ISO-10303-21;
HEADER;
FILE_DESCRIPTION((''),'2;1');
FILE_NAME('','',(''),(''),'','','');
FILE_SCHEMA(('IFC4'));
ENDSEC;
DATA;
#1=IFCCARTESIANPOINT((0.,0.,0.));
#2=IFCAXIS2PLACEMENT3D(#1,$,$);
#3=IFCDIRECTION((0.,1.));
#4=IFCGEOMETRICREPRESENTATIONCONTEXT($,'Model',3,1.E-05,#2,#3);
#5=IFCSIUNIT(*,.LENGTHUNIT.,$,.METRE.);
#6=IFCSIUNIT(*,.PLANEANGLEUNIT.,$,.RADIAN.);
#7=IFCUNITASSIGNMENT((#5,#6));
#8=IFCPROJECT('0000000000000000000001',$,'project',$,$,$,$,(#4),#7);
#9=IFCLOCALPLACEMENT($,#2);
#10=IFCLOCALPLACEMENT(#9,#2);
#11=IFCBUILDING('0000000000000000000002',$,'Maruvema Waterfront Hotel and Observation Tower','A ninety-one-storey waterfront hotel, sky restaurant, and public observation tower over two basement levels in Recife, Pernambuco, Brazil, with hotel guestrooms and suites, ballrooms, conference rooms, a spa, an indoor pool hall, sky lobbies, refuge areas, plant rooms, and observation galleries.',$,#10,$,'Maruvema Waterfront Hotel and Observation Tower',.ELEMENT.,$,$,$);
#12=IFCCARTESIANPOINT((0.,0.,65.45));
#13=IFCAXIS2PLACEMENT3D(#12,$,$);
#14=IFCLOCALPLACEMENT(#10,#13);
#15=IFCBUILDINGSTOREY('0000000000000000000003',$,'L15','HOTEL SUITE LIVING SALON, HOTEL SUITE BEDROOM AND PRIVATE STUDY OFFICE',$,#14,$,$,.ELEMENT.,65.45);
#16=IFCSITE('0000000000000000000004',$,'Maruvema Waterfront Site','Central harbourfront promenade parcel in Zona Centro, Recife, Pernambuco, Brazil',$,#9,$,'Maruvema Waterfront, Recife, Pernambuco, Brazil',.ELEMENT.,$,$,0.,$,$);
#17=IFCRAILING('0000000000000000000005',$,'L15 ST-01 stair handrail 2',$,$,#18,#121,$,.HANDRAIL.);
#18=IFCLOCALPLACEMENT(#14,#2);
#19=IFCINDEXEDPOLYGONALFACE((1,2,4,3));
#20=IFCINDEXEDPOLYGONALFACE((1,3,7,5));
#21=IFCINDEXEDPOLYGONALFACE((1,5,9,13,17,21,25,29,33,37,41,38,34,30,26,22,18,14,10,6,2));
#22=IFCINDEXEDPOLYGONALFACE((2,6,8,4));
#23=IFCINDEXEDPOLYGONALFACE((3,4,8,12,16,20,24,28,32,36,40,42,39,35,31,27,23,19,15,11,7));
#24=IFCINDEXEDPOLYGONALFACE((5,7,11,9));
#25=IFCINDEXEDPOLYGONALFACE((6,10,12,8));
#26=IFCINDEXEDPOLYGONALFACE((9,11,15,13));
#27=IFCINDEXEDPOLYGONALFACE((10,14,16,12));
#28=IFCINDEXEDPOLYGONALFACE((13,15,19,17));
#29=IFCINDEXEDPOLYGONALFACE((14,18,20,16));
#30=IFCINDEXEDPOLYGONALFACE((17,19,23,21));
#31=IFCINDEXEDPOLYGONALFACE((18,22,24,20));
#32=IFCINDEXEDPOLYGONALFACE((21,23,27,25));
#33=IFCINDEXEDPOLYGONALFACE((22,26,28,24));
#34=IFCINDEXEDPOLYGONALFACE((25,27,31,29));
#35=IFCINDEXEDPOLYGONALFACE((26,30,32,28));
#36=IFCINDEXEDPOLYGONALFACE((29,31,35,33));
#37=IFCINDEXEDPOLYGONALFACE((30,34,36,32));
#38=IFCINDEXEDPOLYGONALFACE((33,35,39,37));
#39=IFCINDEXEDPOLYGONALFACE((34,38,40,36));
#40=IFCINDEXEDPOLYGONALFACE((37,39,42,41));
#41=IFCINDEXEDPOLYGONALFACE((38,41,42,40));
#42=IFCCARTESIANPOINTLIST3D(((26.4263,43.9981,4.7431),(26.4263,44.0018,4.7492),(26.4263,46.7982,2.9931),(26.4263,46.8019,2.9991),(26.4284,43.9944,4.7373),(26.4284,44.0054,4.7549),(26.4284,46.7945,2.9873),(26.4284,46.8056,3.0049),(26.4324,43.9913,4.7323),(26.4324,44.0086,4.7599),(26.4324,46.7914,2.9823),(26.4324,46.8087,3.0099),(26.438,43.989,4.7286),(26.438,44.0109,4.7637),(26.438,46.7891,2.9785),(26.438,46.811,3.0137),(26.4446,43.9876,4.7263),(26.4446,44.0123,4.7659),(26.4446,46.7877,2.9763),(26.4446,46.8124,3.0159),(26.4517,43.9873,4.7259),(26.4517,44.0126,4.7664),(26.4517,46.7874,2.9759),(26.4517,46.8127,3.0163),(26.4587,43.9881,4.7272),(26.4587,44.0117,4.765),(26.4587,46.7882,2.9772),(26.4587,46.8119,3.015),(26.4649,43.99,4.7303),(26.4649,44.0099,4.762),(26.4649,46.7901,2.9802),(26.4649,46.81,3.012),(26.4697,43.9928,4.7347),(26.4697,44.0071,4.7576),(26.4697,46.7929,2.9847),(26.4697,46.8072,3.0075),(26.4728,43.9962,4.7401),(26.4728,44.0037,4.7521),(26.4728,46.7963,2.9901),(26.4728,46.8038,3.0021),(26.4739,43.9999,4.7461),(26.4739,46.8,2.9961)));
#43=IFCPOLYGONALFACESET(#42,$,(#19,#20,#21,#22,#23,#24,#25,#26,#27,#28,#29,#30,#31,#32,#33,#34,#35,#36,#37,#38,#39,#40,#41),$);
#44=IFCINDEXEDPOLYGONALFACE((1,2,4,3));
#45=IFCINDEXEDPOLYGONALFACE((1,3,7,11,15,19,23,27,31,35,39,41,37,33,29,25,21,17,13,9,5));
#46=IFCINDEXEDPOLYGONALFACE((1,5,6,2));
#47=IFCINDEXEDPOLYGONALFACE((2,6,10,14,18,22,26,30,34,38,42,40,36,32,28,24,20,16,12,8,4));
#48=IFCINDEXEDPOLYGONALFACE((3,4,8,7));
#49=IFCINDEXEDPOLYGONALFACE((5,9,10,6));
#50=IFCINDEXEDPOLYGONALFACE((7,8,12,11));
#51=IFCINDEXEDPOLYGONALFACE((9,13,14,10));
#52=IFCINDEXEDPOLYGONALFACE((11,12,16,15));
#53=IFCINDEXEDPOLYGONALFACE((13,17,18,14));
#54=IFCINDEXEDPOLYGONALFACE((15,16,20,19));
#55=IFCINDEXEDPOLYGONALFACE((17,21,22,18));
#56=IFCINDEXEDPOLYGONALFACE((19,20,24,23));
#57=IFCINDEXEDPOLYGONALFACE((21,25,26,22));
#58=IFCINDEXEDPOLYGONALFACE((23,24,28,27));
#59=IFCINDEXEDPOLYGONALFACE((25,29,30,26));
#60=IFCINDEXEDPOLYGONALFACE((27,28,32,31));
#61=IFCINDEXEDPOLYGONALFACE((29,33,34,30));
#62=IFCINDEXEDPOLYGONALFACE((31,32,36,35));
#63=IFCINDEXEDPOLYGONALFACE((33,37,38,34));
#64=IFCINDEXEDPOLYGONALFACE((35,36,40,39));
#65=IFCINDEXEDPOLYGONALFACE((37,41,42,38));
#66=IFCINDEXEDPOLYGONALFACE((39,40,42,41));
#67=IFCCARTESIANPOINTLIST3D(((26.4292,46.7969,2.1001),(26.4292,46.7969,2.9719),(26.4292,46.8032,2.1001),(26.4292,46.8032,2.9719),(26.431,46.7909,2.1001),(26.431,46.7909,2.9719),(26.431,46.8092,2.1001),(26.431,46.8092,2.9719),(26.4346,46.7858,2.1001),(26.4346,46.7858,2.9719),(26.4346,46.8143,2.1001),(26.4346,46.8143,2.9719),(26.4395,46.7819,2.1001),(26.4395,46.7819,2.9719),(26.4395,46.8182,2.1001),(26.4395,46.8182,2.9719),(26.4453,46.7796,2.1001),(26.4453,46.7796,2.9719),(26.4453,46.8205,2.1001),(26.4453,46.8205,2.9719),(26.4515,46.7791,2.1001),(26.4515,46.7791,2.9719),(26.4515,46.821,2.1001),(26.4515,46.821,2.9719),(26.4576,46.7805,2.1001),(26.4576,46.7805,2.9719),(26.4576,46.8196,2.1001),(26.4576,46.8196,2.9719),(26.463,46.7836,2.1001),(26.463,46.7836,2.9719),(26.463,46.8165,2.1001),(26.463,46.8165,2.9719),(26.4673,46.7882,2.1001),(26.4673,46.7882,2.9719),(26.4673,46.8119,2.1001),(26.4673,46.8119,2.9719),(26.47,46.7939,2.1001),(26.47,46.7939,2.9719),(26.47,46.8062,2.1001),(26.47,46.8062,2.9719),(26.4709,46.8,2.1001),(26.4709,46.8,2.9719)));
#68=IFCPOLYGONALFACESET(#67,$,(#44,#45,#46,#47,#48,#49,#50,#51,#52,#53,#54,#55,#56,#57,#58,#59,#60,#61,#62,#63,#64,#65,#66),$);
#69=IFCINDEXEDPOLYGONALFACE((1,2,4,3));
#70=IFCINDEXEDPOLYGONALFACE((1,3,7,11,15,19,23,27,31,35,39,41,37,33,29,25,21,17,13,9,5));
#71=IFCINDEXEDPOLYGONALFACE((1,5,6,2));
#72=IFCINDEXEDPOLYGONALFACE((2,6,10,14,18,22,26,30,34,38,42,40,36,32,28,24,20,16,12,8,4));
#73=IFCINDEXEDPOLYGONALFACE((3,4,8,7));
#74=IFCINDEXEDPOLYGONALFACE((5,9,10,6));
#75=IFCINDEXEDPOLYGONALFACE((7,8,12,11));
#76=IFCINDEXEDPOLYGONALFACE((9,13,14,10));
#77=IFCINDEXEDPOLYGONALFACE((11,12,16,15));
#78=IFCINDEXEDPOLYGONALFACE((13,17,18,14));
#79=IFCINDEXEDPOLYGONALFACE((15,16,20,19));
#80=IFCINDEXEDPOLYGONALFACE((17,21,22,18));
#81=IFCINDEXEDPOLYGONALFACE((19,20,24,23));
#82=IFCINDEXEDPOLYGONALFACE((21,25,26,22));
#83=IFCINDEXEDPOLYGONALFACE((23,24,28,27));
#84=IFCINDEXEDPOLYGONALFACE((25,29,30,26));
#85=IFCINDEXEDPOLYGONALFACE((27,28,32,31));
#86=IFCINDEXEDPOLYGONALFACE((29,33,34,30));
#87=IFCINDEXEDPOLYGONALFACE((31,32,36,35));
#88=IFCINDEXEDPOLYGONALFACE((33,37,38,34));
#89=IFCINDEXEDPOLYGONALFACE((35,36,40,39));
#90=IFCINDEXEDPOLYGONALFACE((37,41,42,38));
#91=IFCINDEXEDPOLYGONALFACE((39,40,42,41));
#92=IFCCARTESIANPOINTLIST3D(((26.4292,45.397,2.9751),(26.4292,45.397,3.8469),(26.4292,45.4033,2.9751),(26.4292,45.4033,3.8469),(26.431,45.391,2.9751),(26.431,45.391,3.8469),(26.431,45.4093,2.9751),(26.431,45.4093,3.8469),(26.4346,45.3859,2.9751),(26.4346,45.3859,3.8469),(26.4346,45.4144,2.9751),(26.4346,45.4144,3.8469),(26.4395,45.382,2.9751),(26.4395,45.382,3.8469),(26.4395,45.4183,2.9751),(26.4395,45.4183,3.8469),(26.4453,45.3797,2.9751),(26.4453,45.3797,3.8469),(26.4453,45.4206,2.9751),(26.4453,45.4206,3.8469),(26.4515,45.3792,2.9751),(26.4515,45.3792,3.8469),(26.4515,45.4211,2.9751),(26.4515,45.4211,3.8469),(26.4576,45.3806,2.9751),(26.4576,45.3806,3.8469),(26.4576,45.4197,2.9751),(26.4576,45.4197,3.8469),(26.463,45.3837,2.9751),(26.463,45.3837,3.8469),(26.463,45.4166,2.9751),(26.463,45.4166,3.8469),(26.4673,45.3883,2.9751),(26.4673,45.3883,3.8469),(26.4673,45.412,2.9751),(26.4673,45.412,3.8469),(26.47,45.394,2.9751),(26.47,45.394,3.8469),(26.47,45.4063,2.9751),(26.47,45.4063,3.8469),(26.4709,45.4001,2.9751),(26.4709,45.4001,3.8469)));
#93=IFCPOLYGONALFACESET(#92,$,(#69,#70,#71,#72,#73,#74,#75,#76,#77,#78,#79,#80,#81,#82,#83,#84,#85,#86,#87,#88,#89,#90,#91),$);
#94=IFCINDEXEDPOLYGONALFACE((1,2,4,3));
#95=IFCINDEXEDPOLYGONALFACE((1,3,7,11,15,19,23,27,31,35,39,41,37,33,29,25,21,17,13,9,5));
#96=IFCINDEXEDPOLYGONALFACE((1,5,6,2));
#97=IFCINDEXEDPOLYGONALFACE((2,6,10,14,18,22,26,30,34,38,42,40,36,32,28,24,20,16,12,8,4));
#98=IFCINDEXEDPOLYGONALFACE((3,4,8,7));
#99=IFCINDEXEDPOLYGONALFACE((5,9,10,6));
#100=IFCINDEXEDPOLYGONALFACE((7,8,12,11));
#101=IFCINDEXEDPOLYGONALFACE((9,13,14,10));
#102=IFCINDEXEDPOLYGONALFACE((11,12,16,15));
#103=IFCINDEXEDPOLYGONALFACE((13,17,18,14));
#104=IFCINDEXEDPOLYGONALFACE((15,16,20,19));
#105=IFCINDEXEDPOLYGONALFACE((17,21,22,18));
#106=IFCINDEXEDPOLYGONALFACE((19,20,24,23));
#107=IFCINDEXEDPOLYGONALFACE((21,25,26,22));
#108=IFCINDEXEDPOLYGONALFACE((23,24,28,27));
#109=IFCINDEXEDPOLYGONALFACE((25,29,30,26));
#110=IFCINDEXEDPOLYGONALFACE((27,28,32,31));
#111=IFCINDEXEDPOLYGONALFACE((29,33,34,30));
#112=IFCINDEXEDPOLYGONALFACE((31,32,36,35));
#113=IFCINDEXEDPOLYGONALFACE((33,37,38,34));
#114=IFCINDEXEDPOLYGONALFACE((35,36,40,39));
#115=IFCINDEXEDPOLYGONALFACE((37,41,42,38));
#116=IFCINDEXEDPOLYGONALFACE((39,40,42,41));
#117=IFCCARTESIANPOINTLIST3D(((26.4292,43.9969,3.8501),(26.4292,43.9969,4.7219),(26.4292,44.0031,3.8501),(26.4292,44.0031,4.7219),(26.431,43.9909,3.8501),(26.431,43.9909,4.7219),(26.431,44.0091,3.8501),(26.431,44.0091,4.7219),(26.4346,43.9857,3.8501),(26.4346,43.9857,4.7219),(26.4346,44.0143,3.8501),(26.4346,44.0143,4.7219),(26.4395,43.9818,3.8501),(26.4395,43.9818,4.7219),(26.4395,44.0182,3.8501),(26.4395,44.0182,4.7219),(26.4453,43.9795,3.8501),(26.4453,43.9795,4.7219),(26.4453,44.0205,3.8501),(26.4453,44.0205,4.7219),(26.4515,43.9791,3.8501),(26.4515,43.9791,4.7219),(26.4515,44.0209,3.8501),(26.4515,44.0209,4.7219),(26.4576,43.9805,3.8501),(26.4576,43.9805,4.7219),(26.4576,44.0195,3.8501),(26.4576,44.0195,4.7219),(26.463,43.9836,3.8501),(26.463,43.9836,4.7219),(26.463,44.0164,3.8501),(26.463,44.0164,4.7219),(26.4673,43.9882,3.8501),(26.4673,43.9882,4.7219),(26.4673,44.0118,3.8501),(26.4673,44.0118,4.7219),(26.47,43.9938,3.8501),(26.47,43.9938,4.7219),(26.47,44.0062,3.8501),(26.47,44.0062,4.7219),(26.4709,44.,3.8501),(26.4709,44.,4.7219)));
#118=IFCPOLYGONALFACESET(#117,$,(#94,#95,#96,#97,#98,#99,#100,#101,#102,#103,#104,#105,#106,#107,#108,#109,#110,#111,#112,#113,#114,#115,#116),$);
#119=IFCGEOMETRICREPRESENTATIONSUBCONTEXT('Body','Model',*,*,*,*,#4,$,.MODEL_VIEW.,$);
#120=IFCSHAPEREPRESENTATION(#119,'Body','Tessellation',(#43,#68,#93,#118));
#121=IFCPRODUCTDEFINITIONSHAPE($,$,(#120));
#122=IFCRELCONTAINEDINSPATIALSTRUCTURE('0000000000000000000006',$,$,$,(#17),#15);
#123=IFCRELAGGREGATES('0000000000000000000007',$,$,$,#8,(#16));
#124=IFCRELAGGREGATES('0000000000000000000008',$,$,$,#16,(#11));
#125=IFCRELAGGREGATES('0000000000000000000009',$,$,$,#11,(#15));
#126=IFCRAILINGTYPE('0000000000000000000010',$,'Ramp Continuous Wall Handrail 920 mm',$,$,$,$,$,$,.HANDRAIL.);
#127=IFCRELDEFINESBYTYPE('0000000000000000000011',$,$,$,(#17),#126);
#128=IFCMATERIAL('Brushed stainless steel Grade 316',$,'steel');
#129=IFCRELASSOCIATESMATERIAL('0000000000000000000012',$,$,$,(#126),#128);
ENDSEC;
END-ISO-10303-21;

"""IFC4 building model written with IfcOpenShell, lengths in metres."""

from ifc_helpers import new_model, si_unit, direction, frame, origin, origin_2d, place, context, subcontext, project, spatial, circle, extrude, material, type_object, element, save


model = new_model("IFC4")

# Units and contexts
model_context = context("Model", 3, precision=1e-05, world=origin(), true_north=direction((0.0, 1.0)))
body_context = subcontext(model_context, "Body", "Model", "MODEL_VIEW")
ifc_project = project(units=[si_unit("LENGTHUNIT", "METRE"), si_unit("PLANEANGLEUNIT", "RADIAN")], contexts=[model_context])

# Site, building, storey
site_placement = place(None, origin())
site = spatial("IfcSite", under=ifc_project, at=site_placement, Name="Maruvema Waterfront Site", Description="Central harbourfront promenade parcel in Zona Centro, Recife, Pernambuco, Brazil", LongName="Maruvema Waterfront, Recife, Pernambuco, Brazil", CompositionType="ELEMENT", RefElevation=0.0)
building_placement = place(site_placement, origin())
building = spatial("IfcBuilding", under=site, at=building_placement, Name="Maruvema Waterfront Hotel and Observation Tower", Description="A ninety-one-storey waterfront hotel, sky restaurant, and public observation tower over two basement levels in Recife, Pernambuco, Brazil, with hotel guestrooms and suites, ballrooms, conference rooms, a spa, an indoor pool hall, sky lobbies, refuge areas, plant rooms, and observation galleries.", LongName="Maruvema Waterfront Hotel and Observation Tower", CompositionType="ELEMENT")
storey_placement = place(building_placement, frame((0.0, 0.0, 65.45)))
storey = spatial("IfcBuildingStorey", under=building, at=storey_placement, Name="L15", Description="HOTEL SUITE LIVING SALON, HOTEL SUITE BEDROOM AND PRIVATE STUDY OFFICE", CompositionType="ELEMENT", Elevation=65.45)

# Railing
ifc_material_1 = material(Name="Brushed stainless steel Grade 316", Category="steel")
railing_type_1 = type_object("IfcRailingType", Name="Ramp Continuous Wall Handrail 920 mm", PredefinedType="HANDRAIL", material=ifc_material_1)
railing_1_placement = place(storey_placement, frame((26.45, 46.8, 2.1001)))
element("IfcRailing", 1, at=railing_1_placement, inside=storey, type_object=railing_type_1, Name="L15 ST-01 stair handrail 2", PredefinedType="HANDRAIL", context=body_context, shape_type="SweptSolid", body=[
    extrude(circle(Radius=0.0239, at=origin_2d()), frame((0.0, 0.0, 0.896), z_axis=(0.0, -0.848002, 0.529992), x_axis=(1.0, 0.0, 0.0)), (0.0, 0.0, 1.0), 3.302),
    extrude(circle(Radius=0.021, at=origin_2d()), origin(), (0.0, 0.0, 1.0), 0.8718),
    extrude(circle(Radius=0.021, at=origin_2d()), frame((0.0, -1.3999, 0.875)), (0.0, 0.0, 1.0), 0.8718),
    extrude(circle(Radius=0.021, at=origin_2d()), frame((0.0, -2.8, 1.75)), (0.0, 0.0, 1.0), 0.8718),
])

save(model, "model.ifc")
